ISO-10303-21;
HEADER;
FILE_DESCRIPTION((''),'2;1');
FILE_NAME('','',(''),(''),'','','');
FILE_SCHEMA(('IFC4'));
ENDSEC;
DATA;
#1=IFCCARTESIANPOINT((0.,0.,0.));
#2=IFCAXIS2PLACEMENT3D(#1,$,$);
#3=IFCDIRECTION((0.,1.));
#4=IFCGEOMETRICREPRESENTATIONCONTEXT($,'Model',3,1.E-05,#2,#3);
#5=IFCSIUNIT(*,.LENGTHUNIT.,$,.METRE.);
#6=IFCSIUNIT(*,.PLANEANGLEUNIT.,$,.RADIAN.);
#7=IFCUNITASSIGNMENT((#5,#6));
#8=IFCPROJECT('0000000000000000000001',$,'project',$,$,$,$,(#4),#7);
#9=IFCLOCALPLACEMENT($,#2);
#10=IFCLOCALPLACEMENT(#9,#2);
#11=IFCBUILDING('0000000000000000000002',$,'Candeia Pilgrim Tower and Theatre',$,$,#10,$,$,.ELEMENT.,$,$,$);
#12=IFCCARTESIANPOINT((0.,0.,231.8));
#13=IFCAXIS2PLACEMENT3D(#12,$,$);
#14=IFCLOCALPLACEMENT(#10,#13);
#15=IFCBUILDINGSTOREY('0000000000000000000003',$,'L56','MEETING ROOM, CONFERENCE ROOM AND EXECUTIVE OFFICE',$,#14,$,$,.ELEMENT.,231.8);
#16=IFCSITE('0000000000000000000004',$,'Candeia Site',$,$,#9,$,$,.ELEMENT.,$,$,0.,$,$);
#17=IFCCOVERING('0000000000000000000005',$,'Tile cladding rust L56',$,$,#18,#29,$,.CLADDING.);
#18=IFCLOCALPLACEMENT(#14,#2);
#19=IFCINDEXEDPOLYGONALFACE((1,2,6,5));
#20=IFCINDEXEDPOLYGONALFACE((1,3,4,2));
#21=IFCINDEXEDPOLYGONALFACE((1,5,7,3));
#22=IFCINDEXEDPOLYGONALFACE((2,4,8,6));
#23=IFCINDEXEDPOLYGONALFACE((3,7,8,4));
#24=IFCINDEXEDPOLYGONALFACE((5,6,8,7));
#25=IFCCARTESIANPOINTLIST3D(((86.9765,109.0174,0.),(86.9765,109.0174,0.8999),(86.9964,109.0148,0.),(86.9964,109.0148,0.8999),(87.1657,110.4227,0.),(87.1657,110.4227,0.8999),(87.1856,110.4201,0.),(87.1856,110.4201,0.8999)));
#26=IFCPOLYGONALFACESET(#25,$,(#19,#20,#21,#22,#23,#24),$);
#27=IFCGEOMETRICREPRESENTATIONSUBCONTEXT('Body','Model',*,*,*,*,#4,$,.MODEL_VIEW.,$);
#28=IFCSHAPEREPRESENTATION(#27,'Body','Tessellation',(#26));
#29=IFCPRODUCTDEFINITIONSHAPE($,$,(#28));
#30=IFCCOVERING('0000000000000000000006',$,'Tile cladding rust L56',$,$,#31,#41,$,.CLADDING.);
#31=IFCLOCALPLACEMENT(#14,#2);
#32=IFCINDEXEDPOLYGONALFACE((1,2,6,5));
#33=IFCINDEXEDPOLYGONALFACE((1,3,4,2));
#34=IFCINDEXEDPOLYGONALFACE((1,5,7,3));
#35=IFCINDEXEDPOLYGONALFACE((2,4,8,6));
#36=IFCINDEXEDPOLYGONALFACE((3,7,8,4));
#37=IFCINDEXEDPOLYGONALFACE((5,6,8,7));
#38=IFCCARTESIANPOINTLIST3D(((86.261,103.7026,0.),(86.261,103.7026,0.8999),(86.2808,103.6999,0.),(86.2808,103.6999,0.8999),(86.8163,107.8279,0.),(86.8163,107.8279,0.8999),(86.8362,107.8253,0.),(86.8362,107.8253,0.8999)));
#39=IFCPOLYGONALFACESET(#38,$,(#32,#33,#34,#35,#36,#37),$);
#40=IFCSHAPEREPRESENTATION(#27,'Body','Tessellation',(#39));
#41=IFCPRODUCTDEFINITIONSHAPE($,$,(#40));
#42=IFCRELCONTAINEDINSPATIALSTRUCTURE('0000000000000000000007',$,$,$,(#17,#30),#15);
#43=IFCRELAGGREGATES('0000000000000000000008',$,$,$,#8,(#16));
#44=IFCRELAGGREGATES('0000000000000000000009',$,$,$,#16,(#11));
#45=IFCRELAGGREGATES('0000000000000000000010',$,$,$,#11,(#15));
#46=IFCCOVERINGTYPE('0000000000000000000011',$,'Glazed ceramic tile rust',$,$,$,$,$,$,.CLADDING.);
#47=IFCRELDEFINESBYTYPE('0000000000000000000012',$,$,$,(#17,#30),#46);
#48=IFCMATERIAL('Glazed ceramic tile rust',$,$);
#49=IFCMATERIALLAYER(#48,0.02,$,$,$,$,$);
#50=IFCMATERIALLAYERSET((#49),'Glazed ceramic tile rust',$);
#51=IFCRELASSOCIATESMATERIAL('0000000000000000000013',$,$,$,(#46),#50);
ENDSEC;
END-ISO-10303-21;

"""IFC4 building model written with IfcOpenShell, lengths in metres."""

from ifc_helpers import new_model, si_unit, direction, frame, origin, origin_2d, place, context, subcontext, project, spatial, rectangle, extrude, material, layer, layer_set, type_object, element, save


model = new_model("IFC4")

# Units and contexts
model_context = context("Model", 3, precision=1e-05, world=origin(), true_north=direction((0.0, 1.0)))
body_context = subcontext(model_context, "Body", "Model", "MODEL_VIEW")
ifc_project = project(units=[si_unit("LENGTHUNIT", "METRE"), si_unit("PLANEANGLEUNIT", "RADIAN")], contexts=[model_context])

# Site, building, storey
site_placement = place(None, origin())
site = spatial("IfcSite", under=ifc_project, at=site_placement, Name="Candeia Site", CompositionType="ELEMENT", RefElevation=0.0)
building_placement = place(site_placement, origin())
building = spatial("IfcBuilding", under=site, at=building_placement, Name="Candeia Pilgrim Tower and Theatre", CompositionType="ELEMENT")
storey_placement = place(building_placement, frame((0.0, 0.0, 231.8)))
storey = spatial("IfcBuildingStorey", under=building, at=storey_placement, Name="L56", Description="MEETING ROOM, CONFERENCE ROOM AND EXECUTIVE OFFICE", CompositionType="ELEMENT", Elevation=231.8)

# Coverings
ifc_material_1 = material(Name="Glazed ceramic tile rust")
ifc_layer_1 = layer(ifc_material_1, 0.02)
ifc_layer_set_1 = layer_set([ifc_layer_1], Name="Glazed ceramic tile rust")
covering_type = type_object("IfcCoveringType", Name="Glazed ceramic tile rust", PredefinedType="CLADDING", material=ifc_layer_set_1)
covering_1_placement = place(storey_placement, frame((87.0811, 109.7188, 0.0), z_axis=(0.0, 0.0, 1.0), x_axis=(-0.133412, -0.991061, 0.0)))
element("IfcCovering", 1, at=covering_1_placement, inside=storey, type_object=covering_type, Name="Tile cladding rust L56", PredefinedType="CLADDING", context=body_context, shape_type="SweptSolid", body=[
    extrude(rectangle(XDim=1.418, YDim=0.02, at=origin_2d()), origin(), (0.0, 0.0, 1.0), 0.8999),
])
covering_2_placement = place(storey_placement, frame((86.5486, 105.7639, 0.0), z_axis=(0.0, 0.0, 1.0), x_axis=(-0.133412, -0.991061, 0.0)))
element("IfcCovering", 2, at=covering_2_placement, inside=storey, type_object=covering_type, Name="Tile cladding rust L56", PredefinedType="CLADDING", context=body_context, shape_type="SweptSolid", body=[
    extrude(rectangle(XDim=4.1626, YDim=0.02, at=origin_2d()), origin(), (0.0, 0.0, 1.0), 0.8999),
])

save(model, "model.ifc")
